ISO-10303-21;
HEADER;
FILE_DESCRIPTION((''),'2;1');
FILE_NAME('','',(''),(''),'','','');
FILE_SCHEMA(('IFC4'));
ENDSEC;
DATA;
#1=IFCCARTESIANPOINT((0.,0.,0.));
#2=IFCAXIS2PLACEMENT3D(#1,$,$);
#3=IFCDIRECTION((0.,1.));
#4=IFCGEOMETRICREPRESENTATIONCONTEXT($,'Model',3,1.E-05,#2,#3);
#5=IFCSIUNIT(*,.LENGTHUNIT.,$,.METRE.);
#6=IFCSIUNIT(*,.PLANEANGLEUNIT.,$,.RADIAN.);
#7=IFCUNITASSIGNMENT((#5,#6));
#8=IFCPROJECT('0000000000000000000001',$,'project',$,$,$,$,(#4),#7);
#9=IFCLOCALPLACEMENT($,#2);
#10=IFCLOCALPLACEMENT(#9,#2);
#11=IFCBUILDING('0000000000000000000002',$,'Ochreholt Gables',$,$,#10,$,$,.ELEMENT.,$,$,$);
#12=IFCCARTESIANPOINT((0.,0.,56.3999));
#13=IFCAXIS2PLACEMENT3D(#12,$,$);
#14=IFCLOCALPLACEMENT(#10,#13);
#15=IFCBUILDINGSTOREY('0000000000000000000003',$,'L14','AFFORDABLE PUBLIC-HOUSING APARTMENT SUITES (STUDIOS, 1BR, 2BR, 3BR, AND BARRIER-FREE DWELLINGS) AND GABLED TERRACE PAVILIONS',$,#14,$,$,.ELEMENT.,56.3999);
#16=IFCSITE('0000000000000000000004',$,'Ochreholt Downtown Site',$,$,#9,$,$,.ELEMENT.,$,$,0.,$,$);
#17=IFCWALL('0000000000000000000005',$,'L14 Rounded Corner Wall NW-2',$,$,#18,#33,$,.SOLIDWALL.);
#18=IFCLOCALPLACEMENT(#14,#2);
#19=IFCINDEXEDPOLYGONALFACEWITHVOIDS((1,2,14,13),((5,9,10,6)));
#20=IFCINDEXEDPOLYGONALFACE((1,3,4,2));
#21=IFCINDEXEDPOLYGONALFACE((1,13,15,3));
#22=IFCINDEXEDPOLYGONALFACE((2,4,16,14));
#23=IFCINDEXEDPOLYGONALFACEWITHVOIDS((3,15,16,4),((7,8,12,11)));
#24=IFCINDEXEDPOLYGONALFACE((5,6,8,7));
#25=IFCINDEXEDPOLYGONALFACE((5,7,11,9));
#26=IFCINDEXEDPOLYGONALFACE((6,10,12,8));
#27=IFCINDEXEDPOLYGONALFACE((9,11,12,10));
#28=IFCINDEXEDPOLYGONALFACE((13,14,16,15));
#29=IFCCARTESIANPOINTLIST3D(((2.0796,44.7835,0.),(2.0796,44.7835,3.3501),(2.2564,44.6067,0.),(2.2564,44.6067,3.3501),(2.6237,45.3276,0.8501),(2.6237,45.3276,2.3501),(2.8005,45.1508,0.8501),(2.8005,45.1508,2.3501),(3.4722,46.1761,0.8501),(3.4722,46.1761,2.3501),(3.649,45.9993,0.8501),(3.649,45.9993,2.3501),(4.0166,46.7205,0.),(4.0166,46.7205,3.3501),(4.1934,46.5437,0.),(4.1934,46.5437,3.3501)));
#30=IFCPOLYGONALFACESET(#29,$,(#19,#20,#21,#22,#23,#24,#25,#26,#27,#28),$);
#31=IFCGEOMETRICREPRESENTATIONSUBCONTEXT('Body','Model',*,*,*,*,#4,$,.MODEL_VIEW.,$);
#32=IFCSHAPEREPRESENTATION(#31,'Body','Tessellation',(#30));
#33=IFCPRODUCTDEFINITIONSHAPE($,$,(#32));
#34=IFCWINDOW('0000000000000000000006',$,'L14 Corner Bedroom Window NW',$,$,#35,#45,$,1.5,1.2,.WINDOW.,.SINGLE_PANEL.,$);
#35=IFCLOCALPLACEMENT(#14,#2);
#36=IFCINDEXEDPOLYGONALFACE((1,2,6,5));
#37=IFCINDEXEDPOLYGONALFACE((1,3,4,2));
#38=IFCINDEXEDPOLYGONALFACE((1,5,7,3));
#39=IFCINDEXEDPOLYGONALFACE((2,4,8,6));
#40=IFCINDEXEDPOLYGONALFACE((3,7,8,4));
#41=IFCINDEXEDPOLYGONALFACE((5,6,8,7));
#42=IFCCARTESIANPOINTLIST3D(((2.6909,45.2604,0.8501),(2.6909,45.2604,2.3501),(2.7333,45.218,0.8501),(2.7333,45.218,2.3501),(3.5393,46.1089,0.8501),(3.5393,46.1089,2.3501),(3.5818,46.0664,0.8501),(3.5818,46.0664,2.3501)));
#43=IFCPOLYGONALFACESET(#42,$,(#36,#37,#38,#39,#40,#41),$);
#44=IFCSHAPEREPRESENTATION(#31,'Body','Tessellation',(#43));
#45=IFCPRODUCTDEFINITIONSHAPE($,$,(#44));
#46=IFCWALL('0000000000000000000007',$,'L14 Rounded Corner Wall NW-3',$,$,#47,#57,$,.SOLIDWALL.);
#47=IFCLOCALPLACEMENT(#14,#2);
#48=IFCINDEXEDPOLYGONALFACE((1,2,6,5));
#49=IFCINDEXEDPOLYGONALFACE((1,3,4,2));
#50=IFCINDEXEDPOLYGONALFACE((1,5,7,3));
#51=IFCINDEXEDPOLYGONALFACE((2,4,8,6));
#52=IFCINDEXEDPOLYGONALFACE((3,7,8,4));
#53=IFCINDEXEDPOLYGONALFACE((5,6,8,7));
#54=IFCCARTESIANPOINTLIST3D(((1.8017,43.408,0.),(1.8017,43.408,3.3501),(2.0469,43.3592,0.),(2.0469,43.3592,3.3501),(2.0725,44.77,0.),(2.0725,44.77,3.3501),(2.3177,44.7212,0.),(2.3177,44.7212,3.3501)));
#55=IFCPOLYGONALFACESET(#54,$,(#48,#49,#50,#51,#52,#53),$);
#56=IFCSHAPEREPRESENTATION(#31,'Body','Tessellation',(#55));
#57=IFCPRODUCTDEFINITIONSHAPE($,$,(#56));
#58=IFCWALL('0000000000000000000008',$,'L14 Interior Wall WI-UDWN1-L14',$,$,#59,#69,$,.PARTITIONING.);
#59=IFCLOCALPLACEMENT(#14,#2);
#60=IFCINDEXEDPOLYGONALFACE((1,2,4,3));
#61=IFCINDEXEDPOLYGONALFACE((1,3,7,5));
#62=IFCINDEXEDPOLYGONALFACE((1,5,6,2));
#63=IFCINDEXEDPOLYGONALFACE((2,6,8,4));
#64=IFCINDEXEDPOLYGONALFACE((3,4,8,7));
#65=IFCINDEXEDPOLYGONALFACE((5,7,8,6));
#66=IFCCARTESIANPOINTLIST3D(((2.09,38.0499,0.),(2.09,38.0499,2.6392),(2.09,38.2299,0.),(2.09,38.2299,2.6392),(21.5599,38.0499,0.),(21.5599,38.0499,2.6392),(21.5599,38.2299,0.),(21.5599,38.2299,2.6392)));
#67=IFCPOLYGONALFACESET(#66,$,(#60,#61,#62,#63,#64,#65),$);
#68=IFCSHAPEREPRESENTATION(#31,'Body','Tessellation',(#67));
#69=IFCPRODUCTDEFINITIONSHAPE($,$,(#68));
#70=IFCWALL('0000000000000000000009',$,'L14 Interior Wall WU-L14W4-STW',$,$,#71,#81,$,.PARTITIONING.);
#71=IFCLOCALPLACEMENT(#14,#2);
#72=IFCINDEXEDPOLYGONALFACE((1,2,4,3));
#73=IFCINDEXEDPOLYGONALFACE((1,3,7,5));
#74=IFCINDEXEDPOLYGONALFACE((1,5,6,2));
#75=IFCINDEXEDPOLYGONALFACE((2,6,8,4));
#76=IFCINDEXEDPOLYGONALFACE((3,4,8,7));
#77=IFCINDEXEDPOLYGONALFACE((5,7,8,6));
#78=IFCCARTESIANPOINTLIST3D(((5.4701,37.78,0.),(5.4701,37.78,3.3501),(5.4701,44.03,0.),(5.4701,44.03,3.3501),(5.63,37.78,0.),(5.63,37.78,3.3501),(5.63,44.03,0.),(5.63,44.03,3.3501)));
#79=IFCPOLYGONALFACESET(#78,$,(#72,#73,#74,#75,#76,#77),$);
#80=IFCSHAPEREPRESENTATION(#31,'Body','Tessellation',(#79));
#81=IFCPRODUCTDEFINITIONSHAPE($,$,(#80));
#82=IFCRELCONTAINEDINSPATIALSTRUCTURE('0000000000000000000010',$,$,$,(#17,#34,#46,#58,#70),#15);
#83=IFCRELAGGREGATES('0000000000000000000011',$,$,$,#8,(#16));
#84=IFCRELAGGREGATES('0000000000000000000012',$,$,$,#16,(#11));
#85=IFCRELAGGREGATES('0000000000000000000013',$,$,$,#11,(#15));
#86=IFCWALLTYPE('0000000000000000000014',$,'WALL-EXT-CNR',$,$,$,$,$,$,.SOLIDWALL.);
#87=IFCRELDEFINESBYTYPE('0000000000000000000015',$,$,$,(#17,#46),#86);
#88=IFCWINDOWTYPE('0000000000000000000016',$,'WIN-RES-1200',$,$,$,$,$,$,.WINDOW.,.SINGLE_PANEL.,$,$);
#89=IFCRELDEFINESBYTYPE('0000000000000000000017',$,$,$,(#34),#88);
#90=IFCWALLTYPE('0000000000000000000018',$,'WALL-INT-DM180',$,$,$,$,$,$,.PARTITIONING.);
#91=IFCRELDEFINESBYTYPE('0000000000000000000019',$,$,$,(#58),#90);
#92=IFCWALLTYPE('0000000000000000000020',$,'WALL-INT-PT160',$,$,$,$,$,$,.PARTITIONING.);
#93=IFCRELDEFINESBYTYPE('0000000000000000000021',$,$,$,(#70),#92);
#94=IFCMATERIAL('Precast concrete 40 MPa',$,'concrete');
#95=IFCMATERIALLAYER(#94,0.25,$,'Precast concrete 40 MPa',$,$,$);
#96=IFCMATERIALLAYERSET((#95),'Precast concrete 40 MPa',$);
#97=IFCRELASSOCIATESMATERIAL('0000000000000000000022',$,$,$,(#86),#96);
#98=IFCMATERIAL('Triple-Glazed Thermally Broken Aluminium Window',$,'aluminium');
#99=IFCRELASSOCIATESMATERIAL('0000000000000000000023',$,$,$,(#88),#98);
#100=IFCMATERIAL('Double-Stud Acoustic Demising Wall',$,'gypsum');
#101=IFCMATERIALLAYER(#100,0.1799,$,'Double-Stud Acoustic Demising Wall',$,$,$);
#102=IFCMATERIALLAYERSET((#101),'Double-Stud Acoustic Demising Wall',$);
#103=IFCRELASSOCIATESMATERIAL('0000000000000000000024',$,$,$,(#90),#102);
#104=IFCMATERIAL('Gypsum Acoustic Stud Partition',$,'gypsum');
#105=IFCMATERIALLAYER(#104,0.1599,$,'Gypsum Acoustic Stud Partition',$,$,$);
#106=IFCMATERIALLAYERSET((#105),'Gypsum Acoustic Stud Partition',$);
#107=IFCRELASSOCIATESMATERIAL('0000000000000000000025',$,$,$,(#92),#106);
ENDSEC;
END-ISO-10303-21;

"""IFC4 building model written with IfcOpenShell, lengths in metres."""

from ifc_helpers import new_model, si_unit, direction, frame, frame_2d, origin, place, context, subcontext, project, spatial, rectangle, extrude, material, layer, layer_set, type_object, element, fill, save


model = new_model("IFC4")

# Units and contexts
model_context = context("Model", 3, precision=1e-05, world=origin(), true_north=direction((0.0, 1.0)))
body_context = subcontext(model_context, "Body", "Model", "MODEL_VIEW")
ifc_project = project(units=[si_unit("LENGTHUNIT", "METRE"), si_unit("PLANEANGLEUNIT", "RADIAN")], contexts=[model_context])

# Site, building, storey
site_placement = place(None, origin())
site = spatial("IfcSite", under=ifc_project, at=site_placement, Name="Ochreholt Downtown Site", CompositionType="ELEMENT", RefElevation=0.0)
building_placement = place(site_placement, origin())
building = spatial("IfcBuilding", under=site, at=building_placement, Name="Ochreholt Gables", CompositionType="ELEMENT")
storey_placement = place(building_placement, frame((0.0, 0.0, 56.3999)))
storey = spatial("IfcBuildingStorey", under=building, at=storey_placement, Name="L14", Description="AFFORDABLE PUBLIC-HOUSING APARTMENT SUITES (STUDIOS, 1BR, 2BR, 3BR, AND BARRIER-FREE DWELLINGS) AND GABLED TERRACE PAVILIONS", CompositionType="ELEMENT", Elevation=56.3999)

# Shared definitions
ifc_material_1 = material(Name="Precast concrete 40 MPa", Category="concrete")
ifc_material_2 = material(Name="Triple-Glazed Thermally Broken Aluminium Window", Category="aluminium")

# Shared definitions
ifc_layer_1 = layer(ifc_material_1, 0.25, Name="Precast concrete 40 MPa")
ifc_layer_set_1 = layer_set([ifc_layer_1], Name="Precast concrete 40 MPa")
wall_type_1 = type_object("IfcWallType", Name="WALL-EXT-CNR", PredefinedType="SOLIDWALL", material=ifc_layer_set_1)

# Wall, opening, window
wall_1_placement = place(storey_placement, frame((4.105, 46.6321, 0.0), z_axis=(0.0, 0.0, 1.0), x_axis=(-0.707107, -0.707107, 0.0)))
wall_1 = element("IfcWall", 1, at=wall_1_placement, inside=storey, type_object=wall_type_1, Name="L14 Rounded Corner Wall NW-2", PredefinedType="SOLIDWALL", context=body_context, shape_type="SweptSolid", body=[
    extrude(rectangle(XDim=2.7393, YDim=0.25, at=frame_2d((1.3696, 0.0))), origin(), (0.0, 0.0, 1.0), 3.3501),
])
opening_1_placement = place(wall_1_placement, frame((0.7698, 0.0, 0.8501)))
opening_1 = element("IfcOpeningElement", 2, at=opening_1_placement, cuts=wall_1, PredefinedType="OPENING", context=body_context, shape_type="SweptSolid", body=[
    extrude(rectangle(XDim=1.2, YDim=1.5, at=frame_2d((0.6001, 0.75))), frame((0.0, 0.135, 0.0), z_axis=(0.0, -1.0, 0.0), x_axis=(1.0, 0.0, 0.0)), (0.0, 0.0, 1.0), 0.27),
])
window_type_1 = type_object("IfcWindowType", Name="WIN-RES-1200", PartitioningType="SINGLE_PANEL", PredefinedType="WINDOW", material=ifc_material_2)
window_1_placement = place(opening_1_placement, origin())
window_1 = element("IfcWindow", 3, at=window_1_placement, inside=storey, type_object=window_type_1, Name="L14 Corner Bedroom Window NW", OverallHeight=1.5, OverallWidth=1.2, PartitioningType="SINGLE_PANEL", PredefinedType="WINDOW", context=body_context, shape_type="SweptSolid", body=[
    extrude(rectangle(XDim=1.2, YDim=1.5, at=frame_2d((0.6001, 0.75))), frame((0.0, 0.03, 0.0), z_axis=(0.0, -1.0, 0.0), x_axis=(1.0, 0.0, 0.0)), (0.0, 0.0, 1.0), 0.0601),
])
fill(opening_1, window_1)

# Walls
wall_2_placement = place(storey_placement, frame((2.1951, 44.7456, 0.0), z_axis=(0.0, 0.0, 1.0), x_axis=(-0.194967, -0.98081, 0.0)))
element("IfcWall", 4, at=wall_2_placement, inside=storey, type_object=wall_type_1, Name="L14 Rounded Corner Wall NW-3", PredefinedType="SOLIDWALL", context=body_context, shape_type="SweptSolid", body=[
    extrude(rectangle(XDim=1.3887, YDim=0.25, at=frame_2d((0.6943, 0.0))), origin(), (0.0, 0.0, 1.0), 3.3501),
])
ifc_material_3 = material(Name="Double-Stud Acoustic Demising Wall", Category="gypsum")
ifc_layer_2 = layer(ifc_material_3, 0.1799, Name="Double-Stud Acoustic Demising Wall")
ifc_layer_set_2 = layer_set([ifc_layer_2], Name="Double-Stud Acoustic Demising Wall")
wall_type_2 = type_object("IfcWallType", Name="WALL-INT-DM180", PredefinedType="PARTITIONING", material=ifc_layer_set_2)
wall_3_placement = place(storey_placement, frame((2.0901, 38.1399, 0.0), z_axis=(0.0, 0.0, 1.0), x_axis=(1.0, 0.0, 0.0)))
element("IfcWall", 5, at=wall_3_placement, inside=storey, type_object=wall_type_2, Name="L14 Interior Wall WI-UDWN1-L14", PredefinedType="PARTITIONING", context=body_context, shape_type="SweptSolid", body=[
    extrude(rectangle(XDim=19.47, YDim=0.1799, at=frame_2d((9.7349, 0.0))), origin(), (0.0, 0.0, 1.0), 2.6392),
])
ifc_material_4 = material(Name="Gypsum Acoustic Stud Partition", Category="gypsum")
ifc_layer_3 = layer(ifc_material_4, 0.1599, Name="Gypsum Acoustic Stud Partition")
ifc_layer_set_3 = layer_set([ifc_layer_3], Name="Gypsum Acoustic Stud Partition")
wall_type_3 = type_object("IfcWallType", Name="WALL-INT-PT160", PredefinedType="PARTITIONING", material=ifc_layer_set_3)
wall_4_placement = place(storey_placement, frame((5.55, 37.78, 0.0), z_axis=(0.0, 0.0, 1.0), x_axis=(0.0, 1.0, 0.0)))
element("IfcWall", 6, at=wall_4_placement, inside=storey, type_object=wall_type_3, Name="L14 Interior Wall WU-L14W4-STW", PredefinedType="PARTITIONING", context=body_context, shape_type="SweptSolid", body=[
    extrude(rectangle(XDim=6.25, YDim=0.1599, at=frame_2d((3.125, 0.0))), origin(), (0.0, 0.0, 1.0), 3.3501),
])

save(model, "model.ifc")
